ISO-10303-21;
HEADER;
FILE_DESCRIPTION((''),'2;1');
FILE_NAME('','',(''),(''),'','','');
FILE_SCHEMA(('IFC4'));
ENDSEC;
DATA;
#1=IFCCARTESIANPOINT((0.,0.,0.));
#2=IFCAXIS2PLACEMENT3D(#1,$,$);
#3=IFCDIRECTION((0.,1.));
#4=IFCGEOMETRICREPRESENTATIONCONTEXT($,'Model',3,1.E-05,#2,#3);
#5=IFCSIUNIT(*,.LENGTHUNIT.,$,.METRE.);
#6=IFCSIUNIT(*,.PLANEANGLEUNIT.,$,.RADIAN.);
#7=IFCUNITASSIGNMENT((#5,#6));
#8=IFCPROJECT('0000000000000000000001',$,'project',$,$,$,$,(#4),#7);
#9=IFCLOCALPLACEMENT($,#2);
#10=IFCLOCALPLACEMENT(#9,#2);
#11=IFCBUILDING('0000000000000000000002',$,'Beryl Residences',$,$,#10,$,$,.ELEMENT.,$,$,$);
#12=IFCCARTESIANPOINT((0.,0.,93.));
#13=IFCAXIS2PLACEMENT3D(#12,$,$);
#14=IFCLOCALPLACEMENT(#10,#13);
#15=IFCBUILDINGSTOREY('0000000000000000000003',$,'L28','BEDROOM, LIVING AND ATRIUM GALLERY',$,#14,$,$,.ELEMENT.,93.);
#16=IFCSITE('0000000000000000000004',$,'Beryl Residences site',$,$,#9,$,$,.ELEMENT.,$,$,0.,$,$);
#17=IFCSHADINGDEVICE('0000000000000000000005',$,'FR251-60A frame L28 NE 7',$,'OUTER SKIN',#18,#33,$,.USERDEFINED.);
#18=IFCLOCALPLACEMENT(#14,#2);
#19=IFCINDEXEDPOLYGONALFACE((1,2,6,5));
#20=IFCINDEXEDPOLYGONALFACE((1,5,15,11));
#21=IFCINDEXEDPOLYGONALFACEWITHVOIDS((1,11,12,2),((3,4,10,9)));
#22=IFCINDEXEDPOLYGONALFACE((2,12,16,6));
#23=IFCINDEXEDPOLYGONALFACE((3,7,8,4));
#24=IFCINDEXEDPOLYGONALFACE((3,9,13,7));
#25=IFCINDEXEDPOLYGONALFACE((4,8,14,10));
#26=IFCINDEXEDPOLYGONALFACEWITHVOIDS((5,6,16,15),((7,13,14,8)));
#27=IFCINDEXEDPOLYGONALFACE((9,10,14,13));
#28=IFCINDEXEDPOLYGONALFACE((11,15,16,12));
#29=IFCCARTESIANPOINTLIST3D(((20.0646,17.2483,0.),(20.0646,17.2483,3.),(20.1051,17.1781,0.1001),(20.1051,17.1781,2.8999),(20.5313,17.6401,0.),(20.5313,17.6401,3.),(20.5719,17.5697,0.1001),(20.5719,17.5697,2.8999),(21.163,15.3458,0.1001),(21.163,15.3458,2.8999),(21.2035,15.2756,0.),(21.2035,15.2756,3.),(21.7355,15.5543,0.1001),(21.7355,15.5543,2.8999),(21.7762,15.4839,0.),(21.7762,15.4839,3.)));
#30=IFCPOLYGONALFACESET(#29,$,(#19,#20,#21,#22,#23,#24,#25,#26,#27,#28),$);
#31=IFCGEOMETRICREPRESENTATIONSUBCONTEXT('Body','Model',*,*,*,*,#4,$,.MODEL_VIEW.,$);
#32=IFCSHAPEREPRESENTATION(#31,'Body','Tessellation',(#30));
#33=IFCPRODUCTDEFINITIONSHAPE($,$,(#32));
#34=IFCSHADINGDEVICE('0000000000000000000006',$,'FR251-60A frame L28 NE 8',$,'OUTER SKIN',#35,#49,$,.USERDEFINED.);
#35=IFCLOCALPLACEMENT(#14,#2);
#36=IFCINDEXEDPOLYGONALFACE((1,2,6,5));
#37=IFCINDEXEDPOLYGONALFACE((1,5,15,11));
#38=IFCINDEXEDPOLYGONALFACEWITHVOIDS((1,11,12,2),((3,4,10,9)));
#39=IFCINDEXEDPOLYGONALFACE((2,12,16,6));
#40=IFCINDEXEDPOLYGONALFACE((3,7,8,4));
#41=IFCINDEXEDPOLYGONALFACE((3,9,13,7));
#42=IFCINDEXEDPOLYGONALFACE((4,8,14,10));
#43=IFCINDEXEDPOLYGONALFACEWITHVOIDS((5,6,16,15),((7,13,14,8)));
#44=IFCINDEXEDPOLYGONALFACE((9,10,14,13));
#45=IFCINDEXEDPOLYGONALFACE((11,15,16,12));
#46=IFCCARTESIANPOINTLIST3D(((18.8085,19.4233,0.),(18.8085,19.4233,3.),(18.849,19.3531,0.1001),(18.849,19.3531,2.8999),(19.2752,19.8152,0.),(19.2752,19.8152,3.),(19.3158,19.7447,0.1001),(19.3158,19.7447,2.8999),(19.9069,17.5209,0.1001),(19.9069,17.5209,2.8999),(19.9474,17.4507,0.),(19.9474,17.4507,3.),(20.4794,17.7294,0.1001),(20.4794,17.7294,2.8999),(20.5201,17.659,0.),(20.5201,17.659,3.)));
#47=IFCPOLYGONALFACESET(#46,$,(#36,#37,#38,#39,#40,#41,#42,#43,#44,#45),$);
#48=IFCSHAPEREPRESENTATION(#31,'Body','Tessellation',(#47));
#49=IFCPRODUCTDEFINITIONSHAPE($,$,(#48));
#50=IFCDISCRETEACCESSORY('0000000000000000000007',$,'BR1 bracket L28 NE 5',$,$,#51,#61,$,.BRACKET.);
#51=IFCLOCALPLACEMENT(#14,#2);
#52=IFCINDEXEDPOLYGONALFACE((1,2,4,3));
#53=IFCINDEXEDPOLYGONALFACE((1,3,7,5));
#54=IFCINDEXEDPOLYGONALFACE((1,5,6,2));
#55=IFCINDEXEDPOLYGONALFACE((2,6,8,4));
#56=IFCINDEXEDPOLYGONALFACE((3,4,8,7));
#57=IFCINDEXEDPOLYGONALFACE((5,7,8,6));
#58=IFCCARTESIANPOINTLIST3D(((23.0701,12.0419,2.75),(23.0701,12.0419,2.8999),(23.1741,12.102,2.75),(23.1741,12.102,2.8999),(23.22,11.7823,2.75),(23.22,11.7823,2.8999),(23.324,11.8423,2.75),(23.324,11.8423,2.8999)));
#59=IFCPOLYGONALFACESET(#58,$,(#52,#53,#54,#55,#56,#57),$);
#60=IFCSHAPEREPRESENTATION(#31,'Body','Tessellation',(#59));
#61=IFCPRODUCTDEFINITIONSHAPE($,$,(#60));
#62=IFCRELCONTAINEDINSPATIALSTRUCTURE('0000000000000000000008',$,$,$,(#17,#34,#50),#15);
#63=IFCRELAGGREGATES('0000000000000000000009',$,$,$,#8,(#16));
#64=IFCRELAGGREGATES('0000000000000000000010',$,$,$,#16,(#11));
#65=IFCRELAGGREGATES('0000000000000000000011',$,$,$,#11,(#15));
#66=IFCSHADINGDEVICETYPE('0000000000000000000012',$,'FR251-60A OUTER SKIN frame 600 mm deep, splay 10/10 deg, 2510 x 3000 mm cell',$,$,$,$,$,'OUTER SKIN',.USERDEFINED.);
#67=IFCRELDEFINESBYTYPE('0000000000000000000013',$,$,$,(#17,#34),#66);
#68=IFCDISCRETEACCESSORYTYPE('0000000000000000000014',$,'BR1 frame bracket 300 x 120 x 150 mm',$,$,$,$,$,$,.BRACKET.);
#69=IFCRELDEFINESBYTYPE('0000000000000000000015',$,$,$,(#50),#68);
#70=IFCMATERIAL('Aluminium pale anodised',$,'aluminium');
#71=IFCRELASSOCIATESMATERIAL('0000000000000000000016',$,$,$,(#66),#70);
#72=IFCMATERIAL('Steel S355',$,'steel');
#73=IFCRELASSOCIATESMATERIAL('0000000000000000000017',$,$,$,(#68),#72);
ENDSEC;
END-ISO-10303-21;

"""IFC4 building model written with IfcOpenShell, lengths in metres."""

from ifc_helpers import new_model, entity, si_unit, direction, frame, origin, place, context, subcontext, project, spatial, polyline, outline, extrude, source, transform, mapped, material, type_object, type_shapes, element, save


model = new_model("IFC4")

# Units and contexts
model_context = context("Model", 3, precision=1e-05, world=origin(), true_north=direction((0.0, 1.0)))
body_context = subcontext(model_context, "Body", "Model", "MODEL_VIEW")
ifc_project = project(units=[si_unit("LENGTHUNIT", "METRE"), si_unit("PLANEANGLEUNIT", "RADIAN")], contexts=[model_context])

# Site, building, storey
site_placement = place(None, origin())
site = spatial("IfcSite", under=ifc_project, at=site_placement, Name="Beryl Residences site", CompositionType="ELEMENT", RefElevation=0.0)
building_placement = place(site_placement, origin())
building = spatial("IfcBuilding", under=site, at=building_placement, Name="Beryl Residences", CompositionType="ELEMENT")
storey_placement = place(building_placement, frame((0.0, 0.0, 93.0)))
storey = spatial("IfcBuildingStorey", under=building, at=storey_placement, Name="L28", Description="BEDROOM, LIVING AND ATRIUM GALLERY", CompositionType="ELEMENT", Elevation=93.0)

# Shading devices
ifc_material_1 = material(Name="Aluminium pale anodised", Category="aluminium")
shading_device_type = type_object("IfcShadingDeviceType", Name="FR251-60A OUTER SKIN frame 600 mm deep, splay 10/10 deg, 2510 x 3000 mm cell", ElementType="OUTER SKIN", PredefinedType="USERDEFINED", material=ifc_material_1)
cartesian_point_1 = entity("IfcCartesianPoint", [-1.1389, 0.0])
cartesian_point_2 = entity("IfcCartesianPoint", [-1.0579, 0.1001])
cartesian_point_3 = entity("IfcCartesianPoint", [-1.2449, 0.0])
cartesian_point_4 = entity("IfcCartesianPoint", [-1.1636, 0.1001])
shared_shape_1 = source(origin(), body_context, "Body", "SweptSolid", [
    entity("IfcExtrudedAreaSolidTapered", entity("IfcArbitraryProfileDefWithVoids", "AREA", None, entity("IfcPolyline", [cartesian_point_1, entity("IfcCartesianPoint", [1.1389, 0.0]), entity("IfcCartesianPoint", [1.1389, 3.0]), entity("IfcCartesianPoint", [-1.1389, 3.0]), cartesian_point_1]), [entity("IfcPolyline", [cartesian_point_2, entity("IfcCartesianPoint", [1.0579, 0.1001]), entity("IfcCartesianPoint", [1.0579, 2.8999]), entity("IfcCartesianPoint", [-1.0579, 2.8999]), cartesian_point_2])]), entity("IfcAxis2Placement3D", entity("IfcCartesianPoint", [0.0, 0.0, 0.0]), entity("IfcDirection", [0.0, 1.0, 0.0]), entity("IfcDirection", [-1.0, 0.0, 0.0])), entity("IfcDirection", [0.0, 0.0, 1.0]), 0.6001, entity("IfcArbitraryProfileDefWithVoids", "AREA", None, entity("IfcPolyline", [cartesian_point_3, entity("IfcCartesianPoint", [1.2449, 0.0]), entity("IfcCartesianPoint", [1.2449, 3.0]), entity("IfcCartesianPoint", [-1.2449, 3.0]), cartesian_point_3]), [entity("IfcPolyline", [cartesian_point_4, entity("IfcCartesianPoint", [1.1636, 0.1001]), entity("IfcCartesianPoint", [1.1636, 2.8999]), entity("IfcCartesianPoint", [-1.1636, 2.8999]), cartesian_point_4])])),
])
type_shapes(shading_device_type, [shared_shape_1])
for number, where, z_axis, x_axis, name in (
    (1, (20.634, 16.262, 0.0), (0.0, 0.0, 1.0), (0.5, -0.866025, 0.0), "FR251-60A frame L28 NE 7"),
    (2, (19.3779, 18.437, 0.0), (0.0, 0.0, 1.0), (0.5, -0.866025, 0.0), "FR251-60A frame L28 NE 8"),
):
    element("IfcShadingDevice", number, at=place(storey_placement, frame(where, z_axis=z_axis, x_axis=x_axis)), inside=storey, type_object=shading_device_type, Name=name, ObjectType="OUTER SKIN", PredefinedType="USERDEFINED", context=body_context, shape_type="MappedRepresentation", body=[
        mapped(shared_shape_1, transform((0.0, 0.0, 0.0))),
    ])

# Discrete accessory
ifc_material_2 = material(Name="Steel S355", Category="steel")
discrete_accessory_type = type_object("IfcDiscreteAccessoryType", Name="BR1 frame bracket 300 x 120 x 150 mm", PredefinedType="BRACKET", material=ifc_material_2)
shared_shape_2 = source(origin(), body_context, "Body", "SweptSolid", [
    extrude(outline(polyline([(-0.1499, 0.0), (0.1499, 0.0), (0.1499, 0.1201), (-0.1499, 0.1201), (-0.1499, 0.0)])), origin(), (0.0, 0.0, 1.0), 0.1499),
])
type_shapes(discrete_accessory_type, [shared_shape_2])
discrete_accessory_placement = place(storey_placement, frame((23.145, 11.9121, 2.75), z_axis=(0.0, 0.0, 1.0), x_axis=(0.5, -0.866025, 0.0)))
element("IfcDiscreteAccessory", 3, at=discrete_accessory_placement, inside=storey, type_object=discrete_accessory_type, Name="BR1 bracket L28 NE 5", PredefinedType="BRACKET", context=body_context, shape_type="MappedRepresentation", body=[
    mapped(shared_shape_2, transform((0.0, 0.0, 0.0))),
])

save(model, "model.ifc")
